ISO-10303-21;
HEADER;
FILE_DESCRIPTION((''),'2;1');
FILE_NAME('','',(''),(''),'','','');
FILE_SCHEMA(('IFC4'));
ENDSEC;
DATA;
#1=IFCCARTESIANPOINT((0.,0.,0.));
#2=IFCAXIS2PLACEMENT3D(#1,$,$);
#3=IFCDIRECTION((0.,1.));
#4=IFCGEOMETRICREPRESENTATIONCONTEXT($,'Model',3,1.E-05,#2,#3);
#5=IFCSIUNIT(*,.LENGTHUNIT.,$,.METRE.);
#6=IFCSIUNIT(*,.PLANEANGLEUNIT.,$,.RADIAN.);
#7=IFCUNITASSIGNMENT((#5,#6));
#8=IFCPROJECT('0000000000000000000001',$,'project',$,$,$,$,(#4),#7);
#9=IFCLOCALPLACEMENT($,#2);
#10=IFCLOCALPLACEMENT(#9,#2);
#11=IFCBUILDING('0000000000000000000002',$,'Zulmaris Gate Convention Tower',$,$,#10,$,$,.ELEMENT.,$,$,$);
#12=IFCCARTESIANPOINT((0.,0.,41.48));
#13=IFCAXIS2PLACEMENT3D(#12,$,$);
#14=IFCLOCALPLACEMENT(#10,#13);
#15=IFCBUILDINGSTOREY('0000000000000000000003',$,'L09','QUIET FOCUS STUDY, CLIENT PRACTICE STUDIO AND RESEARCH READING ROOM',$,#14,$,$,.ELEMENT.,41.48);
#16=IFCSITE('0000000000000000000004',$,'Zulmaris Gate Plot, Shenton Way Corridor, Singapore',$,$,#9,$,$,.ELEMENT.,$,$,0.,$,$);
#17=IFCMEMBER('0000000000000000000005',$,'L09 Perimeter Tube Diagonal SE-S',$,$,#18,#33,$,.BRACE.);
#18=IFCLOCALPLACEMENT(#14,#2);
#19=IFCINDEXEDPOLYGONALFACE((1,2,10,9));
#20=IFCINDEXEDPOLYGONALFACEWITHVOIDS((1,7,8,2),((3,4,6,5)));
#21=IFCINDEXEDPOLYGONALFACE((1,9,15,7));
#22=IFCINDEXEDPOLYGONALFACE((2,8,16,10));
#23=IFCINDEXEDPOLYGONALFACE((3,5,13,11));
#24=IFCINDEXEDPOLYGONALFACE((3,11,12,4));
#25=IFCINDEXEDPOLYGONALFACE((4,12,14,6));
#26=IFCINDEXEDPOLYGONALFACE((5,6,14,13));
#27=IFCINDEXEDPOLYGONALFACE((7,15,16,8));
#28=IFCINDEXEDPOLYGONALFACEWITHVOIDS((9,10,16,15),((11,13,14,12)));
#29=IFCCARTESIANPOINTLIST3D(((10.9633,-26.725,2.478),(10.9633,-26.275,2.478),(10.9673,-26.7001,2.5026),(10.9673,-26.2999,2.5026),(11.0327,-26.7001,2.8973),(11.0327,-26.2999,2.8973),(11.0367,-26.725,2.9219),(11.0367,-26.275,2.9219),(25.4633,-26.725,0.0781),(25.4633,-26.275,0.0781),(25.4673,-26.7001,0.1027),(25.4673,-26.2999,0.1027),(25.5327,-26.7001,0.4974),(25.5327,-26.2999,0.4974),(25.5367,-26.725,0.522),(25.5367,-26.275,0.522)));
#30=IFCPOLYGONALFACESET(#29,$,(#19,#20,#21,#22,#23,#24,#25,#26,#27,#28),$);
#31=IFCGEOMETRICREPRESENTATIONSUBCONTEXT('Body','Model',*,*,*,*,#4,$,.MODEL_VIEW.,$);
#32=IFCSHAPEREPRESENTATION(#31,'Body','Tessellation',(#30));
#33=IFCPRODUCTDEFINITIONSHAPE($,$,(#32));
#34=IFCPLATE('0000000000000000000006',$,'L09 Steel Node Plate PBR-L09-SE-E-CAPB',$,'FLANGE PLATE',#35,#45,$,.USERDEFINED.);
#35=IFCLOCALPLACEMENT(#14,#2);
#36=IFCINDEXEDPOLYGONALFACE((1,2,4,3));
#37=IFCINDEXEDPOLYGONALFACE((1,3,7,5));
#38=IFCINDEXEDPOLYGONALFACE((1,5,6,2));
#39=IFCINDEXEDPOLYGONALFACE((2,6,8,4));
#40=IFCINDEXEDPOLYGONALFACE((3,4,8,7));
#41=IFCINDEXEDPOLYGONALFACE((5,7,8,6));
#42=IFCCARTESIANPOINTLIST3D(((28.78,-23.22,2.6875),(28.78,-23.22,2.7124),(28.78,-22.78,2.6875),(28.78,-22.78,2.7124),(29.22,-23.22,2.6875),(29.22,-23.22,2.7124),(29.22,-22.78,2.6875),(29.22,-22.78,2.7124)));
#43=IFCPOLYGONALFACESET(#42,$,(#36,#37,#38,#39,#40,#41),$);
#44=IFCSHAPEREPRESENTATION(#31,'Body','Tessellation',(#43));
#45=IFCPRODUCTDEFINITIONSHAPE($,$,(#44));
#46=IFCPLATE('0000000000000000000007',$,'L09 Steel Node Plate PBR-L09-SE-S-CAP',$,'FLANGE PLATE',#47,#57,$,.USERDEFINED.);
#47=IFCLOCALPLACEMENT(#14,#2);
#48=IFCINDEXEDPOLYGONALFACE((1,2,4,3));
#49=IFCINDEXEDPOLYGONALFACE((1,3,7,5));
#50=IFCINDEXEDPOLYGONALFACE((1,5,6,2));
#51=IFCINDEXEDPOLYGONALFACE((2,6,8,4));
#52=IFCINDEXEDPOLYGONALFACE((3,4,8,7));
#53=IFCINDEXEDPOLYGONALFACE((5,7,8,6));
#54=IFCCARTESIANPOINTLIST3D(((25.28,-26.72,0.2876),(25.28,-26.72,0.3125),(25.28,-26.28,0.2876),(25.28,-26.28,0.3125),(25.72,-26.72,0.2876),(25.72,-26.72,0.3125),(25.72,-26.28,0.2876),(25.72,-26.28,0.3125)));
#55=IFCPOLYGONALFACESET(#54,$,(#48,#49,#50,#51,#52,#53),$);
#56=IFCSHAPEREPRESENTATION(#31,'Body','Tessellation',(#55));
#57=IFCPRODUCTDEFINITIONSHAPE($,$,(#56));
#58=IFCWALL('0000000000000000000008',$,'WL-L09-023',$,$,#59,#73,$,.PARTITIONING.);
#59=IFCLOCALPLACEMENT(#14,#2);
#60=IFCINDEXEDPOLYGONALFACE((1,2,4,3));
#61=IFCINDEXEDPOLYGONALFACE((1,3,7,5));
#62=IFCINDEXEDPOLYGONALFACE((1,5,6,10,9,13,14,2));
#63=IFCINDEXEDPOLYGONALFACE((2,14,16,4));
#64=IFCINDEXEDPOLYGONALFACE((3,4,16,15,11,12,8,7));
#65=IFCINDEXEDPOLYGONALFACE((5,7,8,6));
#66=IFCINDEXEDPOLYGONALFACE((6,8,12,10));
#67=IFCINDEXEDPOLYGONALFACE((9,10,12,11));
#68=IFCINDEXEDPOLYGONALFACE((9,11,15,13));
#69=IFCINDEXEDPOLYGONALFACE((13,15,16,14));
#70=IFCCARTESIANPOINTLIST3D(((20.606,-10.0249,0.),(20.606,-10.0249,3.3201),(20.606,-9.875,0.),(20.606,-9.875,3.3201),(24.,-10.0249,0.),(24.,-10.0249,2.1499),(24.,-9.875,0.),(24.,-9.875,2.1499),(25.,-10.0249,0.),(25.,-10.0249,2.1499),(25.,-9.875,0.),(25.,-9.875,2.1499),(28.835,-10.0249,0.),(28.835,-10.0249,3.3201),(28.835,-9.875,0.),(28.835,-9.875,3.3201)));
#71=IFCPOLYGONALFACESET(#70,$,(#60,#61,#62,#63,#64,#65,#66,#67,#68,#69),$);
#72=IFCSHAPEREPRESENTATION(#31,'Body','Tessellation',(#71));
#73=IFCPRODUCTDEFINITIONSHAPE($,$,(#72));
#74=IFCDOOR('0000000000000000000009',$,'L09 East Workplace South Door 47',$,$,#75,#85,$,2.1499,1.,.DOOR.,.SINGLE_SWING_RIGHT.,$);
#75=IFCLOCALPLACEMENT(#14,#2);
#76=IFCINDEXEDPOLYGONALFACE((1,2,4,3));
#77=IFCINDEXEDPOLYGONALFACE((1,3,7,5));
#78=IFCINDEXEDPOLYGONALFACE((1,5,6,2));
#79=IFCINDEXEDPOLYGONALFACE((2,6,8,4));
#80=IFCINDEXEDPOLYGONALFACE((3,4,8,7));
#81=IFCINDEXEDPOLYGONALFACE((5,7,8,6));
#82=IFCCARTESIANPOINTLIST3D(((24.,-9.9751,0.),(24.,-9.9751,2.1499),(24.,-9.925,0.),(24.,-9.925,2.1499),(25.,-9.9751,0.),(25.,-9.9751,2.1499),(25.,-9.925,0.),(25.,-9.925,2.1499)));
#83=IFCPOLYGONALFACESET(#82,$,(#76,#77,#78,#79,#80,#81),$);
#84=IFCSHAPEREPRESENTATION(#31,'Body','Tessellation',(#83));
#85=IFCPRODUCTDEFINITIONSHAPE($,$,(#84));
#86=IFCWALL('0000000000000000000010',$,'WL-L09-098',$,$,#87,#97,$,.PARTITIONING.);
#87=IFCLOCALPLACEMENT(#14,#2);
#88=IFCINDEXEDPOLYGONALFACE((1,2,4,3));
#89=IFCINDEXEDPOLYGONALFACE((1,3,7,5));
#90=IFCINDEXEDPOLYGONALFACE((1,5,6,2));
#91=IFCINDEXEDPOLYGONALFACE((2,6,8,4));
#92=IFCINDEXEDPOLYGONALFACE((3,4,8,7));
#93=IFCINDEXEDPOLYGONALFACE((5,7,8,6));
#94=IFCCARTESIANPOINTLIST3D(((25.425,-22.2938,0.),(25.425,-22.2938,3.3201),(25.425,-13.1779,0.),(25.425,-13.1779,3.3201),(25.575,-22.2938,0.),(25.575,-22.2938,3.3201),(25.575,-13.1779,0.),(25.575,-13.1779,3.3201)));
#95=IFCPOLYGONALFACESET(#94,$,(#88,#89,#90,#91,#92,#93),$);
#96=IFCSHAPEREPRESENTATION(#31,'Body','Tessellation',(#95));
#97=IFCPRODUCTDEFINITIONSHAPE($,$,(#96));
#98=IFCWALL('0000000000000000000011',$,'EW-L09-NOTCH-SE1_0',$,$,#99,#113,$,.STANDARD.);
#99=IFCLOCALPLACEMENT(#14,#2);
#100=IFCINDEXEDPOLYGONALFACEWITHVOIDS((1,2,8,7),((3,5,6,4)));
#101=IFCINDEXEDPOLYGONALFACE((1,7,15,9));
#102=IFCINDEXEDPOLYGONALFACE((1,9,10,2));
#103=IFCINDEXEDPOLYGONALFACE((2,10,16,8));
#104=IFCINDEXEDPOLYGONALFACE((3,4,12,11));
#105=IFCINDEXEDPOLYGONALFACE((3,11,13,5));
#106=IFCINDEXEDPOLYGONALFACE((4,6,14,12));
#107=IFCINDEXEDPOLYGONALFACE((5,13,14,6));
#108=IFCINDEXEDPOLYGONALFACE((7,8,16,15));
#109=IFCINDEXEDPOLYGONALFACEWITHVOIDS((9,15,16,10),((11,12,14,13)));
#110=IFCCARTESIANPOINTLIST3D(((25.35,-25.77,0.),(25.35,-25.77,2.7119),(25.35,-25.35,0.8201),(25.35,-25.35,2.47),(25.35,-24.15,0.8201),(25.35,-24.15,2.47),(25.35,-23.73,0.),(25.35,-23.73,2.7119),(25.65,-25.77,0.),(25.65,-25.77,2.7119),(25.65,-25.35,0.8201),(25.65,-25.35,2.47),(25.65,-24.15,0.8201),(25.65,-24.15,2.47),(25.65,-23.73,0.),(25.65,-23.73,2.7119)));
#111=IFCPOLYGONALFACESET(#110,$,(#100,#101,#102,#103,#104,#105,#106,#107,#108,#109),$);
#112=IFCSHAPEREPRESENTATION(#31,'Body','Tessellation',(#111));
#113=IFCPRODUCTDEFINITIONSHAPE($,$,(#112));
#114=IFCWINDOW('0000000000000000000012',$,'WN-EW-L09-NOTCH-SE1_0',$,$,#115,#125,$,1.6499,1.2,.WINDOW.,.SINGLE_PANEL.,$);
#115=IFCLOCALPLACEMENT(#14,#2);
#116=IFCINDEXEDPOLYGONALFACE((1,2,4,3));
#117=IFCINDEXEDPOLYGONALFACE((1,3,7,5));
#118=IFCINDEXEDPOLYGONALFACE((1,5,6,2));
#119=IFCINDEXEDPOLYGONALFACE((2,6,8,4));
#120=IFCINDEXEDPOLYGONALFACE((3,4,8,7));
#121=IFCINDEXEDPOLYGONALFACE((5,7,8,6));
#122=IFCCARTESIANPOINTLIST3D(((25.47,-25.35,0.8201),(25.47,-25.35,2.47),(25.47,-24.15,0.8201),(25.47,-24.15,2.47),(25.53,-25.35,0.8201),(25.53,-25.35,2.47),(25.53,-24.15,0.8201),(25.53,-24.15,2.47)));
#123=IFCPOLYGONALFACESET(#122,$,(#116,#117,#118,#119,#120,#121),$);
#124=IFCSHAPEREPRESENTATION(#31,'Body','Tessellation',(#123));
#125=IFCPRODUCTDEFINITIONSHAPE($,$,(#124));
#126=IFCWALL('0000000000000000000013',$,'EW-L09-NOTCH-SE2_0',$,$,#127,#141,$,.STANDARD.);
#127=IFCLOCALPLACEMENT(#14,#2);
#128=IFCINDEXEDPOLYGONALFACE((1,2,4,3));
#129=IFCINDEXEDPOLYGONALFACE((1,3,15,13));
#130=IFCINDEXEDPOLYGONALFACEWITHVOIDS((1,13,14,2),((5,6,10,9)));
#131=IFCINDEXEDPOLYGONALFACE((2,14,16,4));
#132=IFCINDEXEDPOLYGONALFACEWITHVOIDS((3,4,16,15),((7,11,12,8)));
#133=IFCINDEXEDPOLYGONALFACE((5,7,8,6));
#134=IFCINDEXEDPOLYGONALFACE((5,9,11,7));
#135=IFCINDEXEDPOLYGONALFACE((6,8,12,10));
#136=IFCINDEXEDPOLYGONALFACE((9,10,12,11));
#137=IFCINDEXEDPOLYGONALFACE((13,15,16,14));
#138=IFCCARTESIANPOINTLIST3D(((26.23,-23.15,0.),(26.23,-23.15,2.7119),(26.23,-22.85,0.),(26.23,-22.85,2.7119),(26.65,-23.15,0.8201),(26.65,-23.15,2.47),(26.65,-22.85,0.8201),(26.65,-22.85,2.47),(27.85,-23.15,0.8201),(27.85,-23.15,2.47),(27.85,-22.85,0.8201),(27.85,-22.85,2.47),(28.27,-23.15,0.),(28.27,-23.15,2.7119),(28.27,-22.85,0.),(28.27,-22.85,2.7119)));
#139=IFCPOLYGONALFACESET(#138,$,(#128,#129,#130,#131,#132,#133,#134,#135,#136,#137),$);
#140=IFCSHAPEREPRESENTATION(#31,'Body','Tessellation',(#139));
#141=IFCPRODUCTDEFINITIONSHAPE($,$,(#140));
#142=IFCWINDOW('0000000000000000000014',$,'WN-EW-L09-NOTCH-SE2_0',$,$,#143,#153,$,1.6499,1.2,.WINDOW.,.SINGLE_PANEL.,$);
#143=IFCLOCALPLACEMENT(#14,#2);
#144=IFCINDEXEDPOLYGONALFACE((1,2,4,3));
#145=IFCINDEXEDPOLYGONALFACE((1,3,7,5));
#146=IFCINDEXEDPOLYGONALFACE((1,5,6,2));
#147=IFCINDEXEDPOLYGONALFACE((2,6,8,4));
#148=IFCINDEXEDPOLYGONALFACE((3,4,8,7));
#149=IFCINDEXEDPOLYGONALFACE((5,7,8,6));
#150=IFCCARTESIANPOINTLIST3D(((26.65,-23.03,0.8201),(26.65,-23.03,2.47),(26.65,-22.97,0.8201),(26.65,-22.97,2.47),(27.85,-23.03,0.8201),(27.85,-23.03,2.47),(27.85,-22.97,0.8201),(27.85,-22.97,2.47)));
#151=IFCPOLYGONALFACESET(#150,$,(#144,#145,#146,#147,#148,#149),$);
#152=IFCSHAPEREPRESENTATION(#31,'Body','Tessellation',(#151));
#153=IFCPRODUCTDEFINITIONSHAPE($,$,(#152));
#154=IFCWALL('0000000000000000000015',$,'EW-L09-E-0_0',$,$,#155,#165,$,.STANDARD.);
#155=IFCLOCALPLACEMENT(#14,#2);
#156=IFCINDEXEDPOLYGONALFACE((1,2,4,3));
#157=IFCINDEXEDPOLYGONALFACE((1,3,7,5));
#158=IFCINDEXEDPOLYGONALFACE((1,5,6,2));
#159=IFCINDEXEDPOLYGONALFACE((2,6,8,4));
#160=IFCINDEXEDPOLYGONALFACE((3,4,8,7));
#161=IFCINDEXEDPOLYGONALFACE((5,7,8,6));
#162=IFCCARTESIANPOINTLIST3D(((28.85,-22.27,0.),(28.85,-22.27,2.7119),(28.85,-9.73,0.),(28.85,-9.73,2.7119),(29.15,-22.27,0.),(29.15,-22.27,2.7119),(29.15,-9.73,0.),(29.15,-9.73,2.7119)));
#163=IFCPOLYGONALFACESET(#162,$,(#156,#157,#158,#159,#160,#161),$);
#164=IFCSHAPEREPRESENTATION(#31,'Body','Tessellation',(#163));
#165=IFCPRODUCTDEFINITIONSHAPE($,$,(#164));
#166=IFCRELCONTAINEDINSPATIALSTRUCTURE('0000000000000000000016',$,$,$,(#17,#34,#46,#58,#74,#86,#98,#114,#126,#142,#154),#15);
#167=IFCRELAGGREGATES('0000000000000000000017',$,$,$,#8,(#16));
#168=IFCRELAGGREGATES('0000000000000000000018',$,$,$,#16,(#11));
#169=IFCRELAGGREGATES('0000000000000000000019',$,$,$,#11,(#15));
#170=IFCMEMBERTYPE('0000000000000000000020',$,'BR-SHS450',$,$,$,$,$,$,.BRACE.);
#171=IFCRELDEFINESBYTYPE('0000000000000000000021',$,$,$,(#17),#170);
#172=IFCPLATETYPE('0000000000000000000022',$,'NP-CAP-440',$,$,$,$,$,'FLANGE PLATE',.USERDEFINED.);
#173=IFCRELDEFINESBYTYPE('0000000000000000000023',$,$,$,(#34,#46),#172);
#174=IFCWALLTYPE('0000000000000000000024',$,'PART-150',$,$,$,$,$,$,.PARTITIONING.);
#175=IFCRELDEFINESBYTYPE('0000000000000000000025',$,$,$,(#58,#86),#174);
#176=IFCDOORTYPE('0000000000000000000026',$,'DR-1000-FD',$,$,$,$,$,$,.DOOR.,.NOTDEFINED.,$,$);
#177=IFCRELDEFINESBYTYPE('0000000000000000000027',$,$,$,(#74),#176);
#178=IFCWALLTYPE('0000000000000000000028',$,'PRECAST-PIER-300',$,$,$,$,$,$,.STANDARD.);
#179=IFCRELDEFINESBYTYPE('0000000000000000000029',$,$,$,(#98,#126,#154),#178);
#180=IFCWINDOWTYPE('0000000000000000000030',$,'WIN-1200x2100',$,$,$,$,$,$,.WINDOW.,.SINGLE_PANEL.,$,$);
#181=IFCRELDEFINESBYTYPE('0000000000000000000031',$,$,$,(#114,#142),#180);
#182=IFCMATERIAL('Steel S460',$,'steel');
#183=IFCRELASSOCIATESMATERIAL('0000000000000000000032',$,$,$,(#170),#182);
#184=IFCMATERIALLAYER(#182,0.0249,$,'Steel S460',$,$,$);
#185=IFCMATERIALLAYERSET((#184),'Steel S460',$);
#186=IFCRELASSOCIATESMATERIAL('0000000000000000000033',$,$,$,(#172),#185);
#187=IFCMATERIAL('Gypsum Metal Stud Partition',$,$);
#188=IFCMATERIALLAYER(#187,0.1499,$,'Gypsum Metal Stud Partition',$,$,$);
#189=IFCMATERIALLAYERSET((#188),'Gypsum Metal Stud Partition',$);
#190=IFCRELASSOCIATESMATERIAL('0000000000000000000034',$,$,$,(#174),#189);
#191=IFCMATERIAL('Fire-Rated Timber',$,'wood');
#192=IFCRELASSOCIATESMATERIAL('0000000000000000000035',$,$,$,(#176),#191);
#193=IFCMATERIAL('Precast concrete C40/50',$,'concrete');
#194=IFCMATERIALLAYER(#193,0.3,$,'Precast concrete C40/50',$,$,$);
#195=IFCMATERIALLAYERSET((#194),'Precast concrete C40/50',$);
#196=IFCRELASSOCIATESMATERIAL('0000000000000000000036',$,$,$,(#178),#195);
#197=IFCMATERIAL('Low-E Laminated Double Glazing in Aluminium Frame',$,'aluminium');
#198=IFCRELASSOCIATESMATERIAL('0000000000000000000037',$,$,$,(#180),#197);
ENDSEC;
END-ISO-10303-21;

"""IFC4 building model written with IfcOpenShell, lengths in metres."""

from ifc_helpers import new_model, si_unit, direction, frame, frame_2d, origin, origin_2d, place, context, subcontext, project, spatial, rectangle, hollow_rectangle, extrude, material, layer, layer_set, material_profile, profile_set, type_object, element, fill, save


model = new_model("IFC4")

# Units and contexts
model_context = context("Model", 3, precision=1e-05, world=origin(), true_north=direction((0.0, 1.0)))
body_context = subcontext(model_context, "Body", "Model", "MODEL_VIEW")
ifc_project = project(units=[si_unit("LENGTHUNIT", "METRE"), si_unit("PLANEANGLEUNIT", "RADIAN")], contexts=[model_context])

# Site, building, storey
site_placement = place(None, origin())
site = spatial("IfcSite", under=ifc_project, at=site_placement, Name="Zulmaris Gate Plot, Shenton Way Corridor, Singapore", CompositionType="ELEMENT", RefElevation=0.0)
building_placement = place(site_placement, origin())
building = spatial("IfcBuilding", under=site, at=building_placement, Name="Zulmaris Gate Convention Tower", CompositionType="ELEMENT")
storey_placement = place(building_placement, frame((0.0, 0.0, 41.48)))
storey = spatial("IfcBuildingStorey", under=building, at=storey_placement, Name="L09", Description="QUIET FOCUS STUDY, CLIENT PRACTICE STUDIO AND RESEARCH READING ROOM", CompositionType="ELEMENT", Elevation=41.48)

# Member
ifc_material_1 = material(Name="Steel S460", Category="steel")
ifc_material_profile_1 = material_profile(ifc_material_1, hollow_rectangle(XDim=0.45, YDim=0.45, WallThickness=0.0249, at=origin_2d()), Name="SHS 450x450x25")
ifc_profile_set_1 = profile_set([ifc_material_profile_1], Name="Steel S460")
member_type = type_object("IfcMemberType", Name="BR-SHS450", PredefinedType="BRACE", material=ifc_profile_set_1)
member_placement = place(storey_placement, frame((25.5, -26.5, 0.3), z_axis=(-0.986578, 0.0, 0.163289), x_axis=(0.0, -1.0, 0.0)))
element("IfcMember", 1, at=member_placement, inside=storey, type_object=member_type, Name="L09 Perimeter Tube Diagonal SE-S", PredefinedType="BRACE", context=body_context, shape_type="SweptSolid", body=[
    extrude(hollow_rectangle(XDim=0.45, YDim=0.45, WallThickness=0.0249, at=origin_2d()), origin(), (0.0, 0.0, 1.0), 14.6973),
])

# Plates
ifc_layer_1 = layer(ifc_material_1, 0.0249, Name="Steel S460")
ifc_layer_set_1 = layer_set([ifc_layer_1], Name="Steel S460")
plate_type = type_object("IfcPlateType", Name="NP-CAP-440", ElementType="FLANGE PLATE", PredefinedType="USERDEFINED", material=ifc_layer_set_1)
for number, where, z_axis, x_axis, name in (
    (2, (29.0, -23.0, 2.6875), (0.0, 0.0, 1.0), (1.0, 0.0, 0.0), "L09 Steel Node Plate PBR-L09-SE-E-CAPB"),
    (3, (25.5, -26.5, 0.2876), (0.0, 0.0, 1.0), (1.0, 0.0, 0.0), "L09 Steel Node Plate PBR-L09-SE-S-CAP"),
):
    element("IfcPlate", number, at=place(storey_placement, frame(where, z_axis=z_axis, x_axis=x_axis)), inside=storey, type_object=plate_type, Name=name, ObjectType="FLANGE PLATE", PredefinedType="USERDEFINED", context=body_context, shape_type="SweptSolid", body=[
        extrude(rectangle(XDim=0.4399, YDim=0.4399, at=origin_2d()), origin(), (0.0, 0.0, 1.0), 0.0249),
    ])

# Wall, opening, door
ifc_material_2 = material(Name="Fire-Rated Timber", Category="wood")
ifc_material_3 = material(Name="Gypsum Metal Stud Partition")
ifc_layer_2 = layer(ifc_material_3, 0.1499, Name="Gypsum Metal Stud Partition")
ifc_layer_set_2 = layer_set([ifc_layer_2], Name="Gypsum Metal Stud Partition")
wall_type_1 = type_object("IfcWallType", Name="PART-150", PredefinedType="PARTITIONING", material=ifc_layer_set_2)
wall_1_placement = place(storey_placement, frame((20.606, -9.95, 0.0), z_axis=(0.0, 0.0, 1.0), x_axis=(1.0, 0.0, 0.0)))
wall_1 = element("IfcWall", 4, at=wall_1_placement, inside=storey, type_object=wall_type_1, Name="WL-L09-023", PredefinedType="PARTITIONING", context=body_context, shape_type="SweptSolid", body=[
    extrude(rectangle(XDim=8.229, YDim=0.1499, at=frame_2d((4.1145, 0.0))), origin(), (0.0, 0.0, 1.0), 3.3201),
])
opening_1_placement = place(wall_1_placement, frame((3.394, 0.0, 0.0)))
opening_1 = element("IfcOpeningElement", 5, at=opening_1_placement, cuts=wall_1, PredefinedType="OPENING", context=body_context, shape_type="SweptSolid", body=[
    extrude(rectangle(XDim=1.0, YDim=2.1499, at=frame_2d((0.5, 1.075))), frame((0.0, 0.085, 0.0), z_axis=(0.0, -1.0, 0.0), x_axis=(1.0, 0.0, 0.0)), (0.0, 0.0, 1.0), 0.1699),
])
door_type_1 = type_object("IfcDoorType", Name="DR-1000-FD", OperationType="NOTDEFINED", PredefinedType="DOOR", material=ifc_material_2)
door_1_placement = place(opening_1_placement, origin())
door_1 = element("IfcDoor", 6, at=door_1_placement, inside=storey, type_object=door_type_1, Name="L09 East Workplace South Door 47", OperationType="SINGLE_SWING_RIGHT", OverallHeight=2.1499, OverallWidth=1.0, PredefinedType="DOOR", context=body_context, shape_type="SweptSolid", body=[
    extrude(rectangle(XDim=1.0, YDim=2.1499, at=frame_2d((0.5, 1.075))), frame((0.0, 0.0249, 0.0), z_axis=(0.0, -1.0, 0.0), x_axis=(1.0, 0.0, 0.0)), (0.0, 0.0, 1.0), 0.05),
])
fill(opening_1, door_1)

# Wall
wall_2_placement = place(storey_placement, frame((25.5, -22.2939, 0.0), z_axis=(0.0, 0.0, 1.0), x_axis=(0.0, 1.0, 0.0)))
element("IfcWall", 7, at=wall_2_placement, inside=storey, type_object=wall_type_1, Name="WL-L09-098", PredefinedType="PARTITIONING", context=body_context, shape_type="SweptSolid", body=[
    extrude(rectangle(XDim=9.116, YDim=0.1499, at=frame_2d((4.5581, 0.0))), origin(), (0.0, 0.0, 1.0), 3.3201),
])

# Walls, openings, windows
ifc_material_4 = material(Name="Precast concrete C40/50", Category="concrete")
ifc_layer_3 = layer(ifc_material_4, 0.3, Name="Precast concrete C40/50")
ifc_layer_set_3 = layer_set([ifc_layer_3], Name="Precast concrete C40/50")
wall_type_2 = type_object("IfcWallType", Name="PRECAST-PIER-300", PredefinedType="STANDARD", material=ifc_layer_set_3)
wall_3_placement = place(storey_placement, frame((25.5, -25.77, 0.0), z_axis=(0.0, 0.0, 1.0), x_axis=(0.0, 1.0, 0.0)))
wall_3 = element("IfcWall", 8, at=wall_3_placement, inside=storey, type_object=wall_type_2, Name="EW-L09-NOTCH-SE1_0", PredefinedType="STANDARD", context=body_context, shape_type="SweptSolid", body=[
    extrude(rectangle(XDim=2.04, YDim=0.3, at=frame_2d((1.02, 0.0))), origin(), (0.0, 0.0, 1.0), 2.7119),
])
opening_2_placement = place(wall_3_placement, frame((0.4199, 0.0, 0.8201)))
opening_2 = element("IfcOpeningElement", 9, at=opening_2_placement, cuts=wall_3, PredefinedType="OPENING", context=body_context, shape_type="SweptSolid", body=[
    extrude(rectangle(XDim=1.2, YDim=1.6499, at=frame_2d((0.6001, 0.825))), frame((0.0, 0.1602, 0.0), z_axis=(0.0, -1.0, 0.0), x_axis=(1.0, 0.0, 0.0)), (0.0, 0.0, 1.0), 0.3201),
])
ifc_material_5 = material(Name="Low-E Laminated Double Glazing in Aluminium Frame", Category="aluminium")
window_type = type_object("IfcWindowType", Name="WIN-1200x2100", PartitioningType="SINGLE_PANEL", PredefinedType="WINDOW", material=ifc_material_5)
window_1_placement = place(opening_2_placement, origin())
window_1 = element("IfcWindow", 10, at=window_1_placement, inside=storey, type_object=window_type, Name="WN-EW-L09-NOTCH-SE1_0", OverallHeight=1.6499, OverallWidth=1.2, PartitioningType="SINGLE_PANEL", PredefinedType="WINDOW", context=body_context, shape_type="SweptSolid", body=[
    extrude(rectangle(XDim=1.2, YDim=1.6499, at=frame_2d((0.6001, 0.825))), frame((0.0, 0.03, 0.0), z_axis=(0.0, -1.0, 0.0), x_axis=(1.0, 0.0, 0.0)), (0.0, 0.0, 1.0), 0.0601),
])
fill(opening_2, window_1)
wall_4_placement = place(storey_placement, frame((26.23, -23.0, 0.0), z_axis=(0.0, 0.0, 1.0), x_axis=(1.0, 0.0, 0.0)))
wall_4 = element("IfcWall", 11, at=wall_4_placement, inside=storey, type_object=wall_type_2, Name="EW-L09-NOTCH-SE2_0", PredefinedType="STANDARD", context=body_context, shape_type="SweptSolid", body=[
    extrude(rectangle(XDim=2.04, YDim=0.3, at=frame_2d((1.02, 0.0))), origin(), (0.0, 0.0, 1.0), 2.7119),
])
opening_3_placement = place(wall_4_placement, frame((0.4199, 0.0, 0.8201)))
opening_3 = element("IfcOpeningElement", 12, at=opening_3_placement, cuts=wall_4, PredefinedType="OPENING", context=body_context, shape_type="SweptSolid", body=[
    extrude(rectangle(XDim=1.2, YDim=1.6499, at=frame_2d((0.6001, 0.825))), frame((0.0, 0.1602, 0.0), z_axis=(0.0, -1.0, 0.0), x_axis=(1.0, 0.0, 0.0)), (0.0, 0.0, 1.0), 0.3201),
])
window_2_placement = place(opening_3_placement, origin())
window_2 = element("IfcWindow", 13, at=window_2_placement, inside=storey, type_object=window_type, Name="WN-EW-L09-NOTCH-SE2_0", OverallHeight=1.6499, OverallWidth=1.2, PartitioningType="SINGLE_PANEL", PredefinedType="WINDOW", context=body_context, shape_type="SweptSolid", body=[
    extrude(rectangle(XDim=1.2, YDim=1.6499, at=frame_2d((0.6001, 0.825))), frame((0.0, 0.03, 0.0), z_axis=(0.0, -1.0, 0.0), x_axis=(1.0, 0.0, 0.0)), (0.0, 0.0, 1.0), 0.0601),
])
fill(opening_3, window_2)

# Wall
wall_5_placement = place(storey_placement, frame((29.0, -22.27, 0.0), z_axis=(0.0, 0.0, 1.0), x_axis=(0.0, 1.0, 0.0)))
element("IfcWall", 14, at=wall_5_placement, inside=storey, type_object=wall_type_2, Name="EW-L09-E-0_0", PredefinedType="STANDARD", context=body_context, shape_type="SweptSolid", body=[
    extrude(rectangle(XDim=12.54, YDim=0.3, at=frame_2d((6.27, 0.0))), origin(), (0.0, 0.0, 1.0), 2.7119),
])

save(model, "model.ifc")
